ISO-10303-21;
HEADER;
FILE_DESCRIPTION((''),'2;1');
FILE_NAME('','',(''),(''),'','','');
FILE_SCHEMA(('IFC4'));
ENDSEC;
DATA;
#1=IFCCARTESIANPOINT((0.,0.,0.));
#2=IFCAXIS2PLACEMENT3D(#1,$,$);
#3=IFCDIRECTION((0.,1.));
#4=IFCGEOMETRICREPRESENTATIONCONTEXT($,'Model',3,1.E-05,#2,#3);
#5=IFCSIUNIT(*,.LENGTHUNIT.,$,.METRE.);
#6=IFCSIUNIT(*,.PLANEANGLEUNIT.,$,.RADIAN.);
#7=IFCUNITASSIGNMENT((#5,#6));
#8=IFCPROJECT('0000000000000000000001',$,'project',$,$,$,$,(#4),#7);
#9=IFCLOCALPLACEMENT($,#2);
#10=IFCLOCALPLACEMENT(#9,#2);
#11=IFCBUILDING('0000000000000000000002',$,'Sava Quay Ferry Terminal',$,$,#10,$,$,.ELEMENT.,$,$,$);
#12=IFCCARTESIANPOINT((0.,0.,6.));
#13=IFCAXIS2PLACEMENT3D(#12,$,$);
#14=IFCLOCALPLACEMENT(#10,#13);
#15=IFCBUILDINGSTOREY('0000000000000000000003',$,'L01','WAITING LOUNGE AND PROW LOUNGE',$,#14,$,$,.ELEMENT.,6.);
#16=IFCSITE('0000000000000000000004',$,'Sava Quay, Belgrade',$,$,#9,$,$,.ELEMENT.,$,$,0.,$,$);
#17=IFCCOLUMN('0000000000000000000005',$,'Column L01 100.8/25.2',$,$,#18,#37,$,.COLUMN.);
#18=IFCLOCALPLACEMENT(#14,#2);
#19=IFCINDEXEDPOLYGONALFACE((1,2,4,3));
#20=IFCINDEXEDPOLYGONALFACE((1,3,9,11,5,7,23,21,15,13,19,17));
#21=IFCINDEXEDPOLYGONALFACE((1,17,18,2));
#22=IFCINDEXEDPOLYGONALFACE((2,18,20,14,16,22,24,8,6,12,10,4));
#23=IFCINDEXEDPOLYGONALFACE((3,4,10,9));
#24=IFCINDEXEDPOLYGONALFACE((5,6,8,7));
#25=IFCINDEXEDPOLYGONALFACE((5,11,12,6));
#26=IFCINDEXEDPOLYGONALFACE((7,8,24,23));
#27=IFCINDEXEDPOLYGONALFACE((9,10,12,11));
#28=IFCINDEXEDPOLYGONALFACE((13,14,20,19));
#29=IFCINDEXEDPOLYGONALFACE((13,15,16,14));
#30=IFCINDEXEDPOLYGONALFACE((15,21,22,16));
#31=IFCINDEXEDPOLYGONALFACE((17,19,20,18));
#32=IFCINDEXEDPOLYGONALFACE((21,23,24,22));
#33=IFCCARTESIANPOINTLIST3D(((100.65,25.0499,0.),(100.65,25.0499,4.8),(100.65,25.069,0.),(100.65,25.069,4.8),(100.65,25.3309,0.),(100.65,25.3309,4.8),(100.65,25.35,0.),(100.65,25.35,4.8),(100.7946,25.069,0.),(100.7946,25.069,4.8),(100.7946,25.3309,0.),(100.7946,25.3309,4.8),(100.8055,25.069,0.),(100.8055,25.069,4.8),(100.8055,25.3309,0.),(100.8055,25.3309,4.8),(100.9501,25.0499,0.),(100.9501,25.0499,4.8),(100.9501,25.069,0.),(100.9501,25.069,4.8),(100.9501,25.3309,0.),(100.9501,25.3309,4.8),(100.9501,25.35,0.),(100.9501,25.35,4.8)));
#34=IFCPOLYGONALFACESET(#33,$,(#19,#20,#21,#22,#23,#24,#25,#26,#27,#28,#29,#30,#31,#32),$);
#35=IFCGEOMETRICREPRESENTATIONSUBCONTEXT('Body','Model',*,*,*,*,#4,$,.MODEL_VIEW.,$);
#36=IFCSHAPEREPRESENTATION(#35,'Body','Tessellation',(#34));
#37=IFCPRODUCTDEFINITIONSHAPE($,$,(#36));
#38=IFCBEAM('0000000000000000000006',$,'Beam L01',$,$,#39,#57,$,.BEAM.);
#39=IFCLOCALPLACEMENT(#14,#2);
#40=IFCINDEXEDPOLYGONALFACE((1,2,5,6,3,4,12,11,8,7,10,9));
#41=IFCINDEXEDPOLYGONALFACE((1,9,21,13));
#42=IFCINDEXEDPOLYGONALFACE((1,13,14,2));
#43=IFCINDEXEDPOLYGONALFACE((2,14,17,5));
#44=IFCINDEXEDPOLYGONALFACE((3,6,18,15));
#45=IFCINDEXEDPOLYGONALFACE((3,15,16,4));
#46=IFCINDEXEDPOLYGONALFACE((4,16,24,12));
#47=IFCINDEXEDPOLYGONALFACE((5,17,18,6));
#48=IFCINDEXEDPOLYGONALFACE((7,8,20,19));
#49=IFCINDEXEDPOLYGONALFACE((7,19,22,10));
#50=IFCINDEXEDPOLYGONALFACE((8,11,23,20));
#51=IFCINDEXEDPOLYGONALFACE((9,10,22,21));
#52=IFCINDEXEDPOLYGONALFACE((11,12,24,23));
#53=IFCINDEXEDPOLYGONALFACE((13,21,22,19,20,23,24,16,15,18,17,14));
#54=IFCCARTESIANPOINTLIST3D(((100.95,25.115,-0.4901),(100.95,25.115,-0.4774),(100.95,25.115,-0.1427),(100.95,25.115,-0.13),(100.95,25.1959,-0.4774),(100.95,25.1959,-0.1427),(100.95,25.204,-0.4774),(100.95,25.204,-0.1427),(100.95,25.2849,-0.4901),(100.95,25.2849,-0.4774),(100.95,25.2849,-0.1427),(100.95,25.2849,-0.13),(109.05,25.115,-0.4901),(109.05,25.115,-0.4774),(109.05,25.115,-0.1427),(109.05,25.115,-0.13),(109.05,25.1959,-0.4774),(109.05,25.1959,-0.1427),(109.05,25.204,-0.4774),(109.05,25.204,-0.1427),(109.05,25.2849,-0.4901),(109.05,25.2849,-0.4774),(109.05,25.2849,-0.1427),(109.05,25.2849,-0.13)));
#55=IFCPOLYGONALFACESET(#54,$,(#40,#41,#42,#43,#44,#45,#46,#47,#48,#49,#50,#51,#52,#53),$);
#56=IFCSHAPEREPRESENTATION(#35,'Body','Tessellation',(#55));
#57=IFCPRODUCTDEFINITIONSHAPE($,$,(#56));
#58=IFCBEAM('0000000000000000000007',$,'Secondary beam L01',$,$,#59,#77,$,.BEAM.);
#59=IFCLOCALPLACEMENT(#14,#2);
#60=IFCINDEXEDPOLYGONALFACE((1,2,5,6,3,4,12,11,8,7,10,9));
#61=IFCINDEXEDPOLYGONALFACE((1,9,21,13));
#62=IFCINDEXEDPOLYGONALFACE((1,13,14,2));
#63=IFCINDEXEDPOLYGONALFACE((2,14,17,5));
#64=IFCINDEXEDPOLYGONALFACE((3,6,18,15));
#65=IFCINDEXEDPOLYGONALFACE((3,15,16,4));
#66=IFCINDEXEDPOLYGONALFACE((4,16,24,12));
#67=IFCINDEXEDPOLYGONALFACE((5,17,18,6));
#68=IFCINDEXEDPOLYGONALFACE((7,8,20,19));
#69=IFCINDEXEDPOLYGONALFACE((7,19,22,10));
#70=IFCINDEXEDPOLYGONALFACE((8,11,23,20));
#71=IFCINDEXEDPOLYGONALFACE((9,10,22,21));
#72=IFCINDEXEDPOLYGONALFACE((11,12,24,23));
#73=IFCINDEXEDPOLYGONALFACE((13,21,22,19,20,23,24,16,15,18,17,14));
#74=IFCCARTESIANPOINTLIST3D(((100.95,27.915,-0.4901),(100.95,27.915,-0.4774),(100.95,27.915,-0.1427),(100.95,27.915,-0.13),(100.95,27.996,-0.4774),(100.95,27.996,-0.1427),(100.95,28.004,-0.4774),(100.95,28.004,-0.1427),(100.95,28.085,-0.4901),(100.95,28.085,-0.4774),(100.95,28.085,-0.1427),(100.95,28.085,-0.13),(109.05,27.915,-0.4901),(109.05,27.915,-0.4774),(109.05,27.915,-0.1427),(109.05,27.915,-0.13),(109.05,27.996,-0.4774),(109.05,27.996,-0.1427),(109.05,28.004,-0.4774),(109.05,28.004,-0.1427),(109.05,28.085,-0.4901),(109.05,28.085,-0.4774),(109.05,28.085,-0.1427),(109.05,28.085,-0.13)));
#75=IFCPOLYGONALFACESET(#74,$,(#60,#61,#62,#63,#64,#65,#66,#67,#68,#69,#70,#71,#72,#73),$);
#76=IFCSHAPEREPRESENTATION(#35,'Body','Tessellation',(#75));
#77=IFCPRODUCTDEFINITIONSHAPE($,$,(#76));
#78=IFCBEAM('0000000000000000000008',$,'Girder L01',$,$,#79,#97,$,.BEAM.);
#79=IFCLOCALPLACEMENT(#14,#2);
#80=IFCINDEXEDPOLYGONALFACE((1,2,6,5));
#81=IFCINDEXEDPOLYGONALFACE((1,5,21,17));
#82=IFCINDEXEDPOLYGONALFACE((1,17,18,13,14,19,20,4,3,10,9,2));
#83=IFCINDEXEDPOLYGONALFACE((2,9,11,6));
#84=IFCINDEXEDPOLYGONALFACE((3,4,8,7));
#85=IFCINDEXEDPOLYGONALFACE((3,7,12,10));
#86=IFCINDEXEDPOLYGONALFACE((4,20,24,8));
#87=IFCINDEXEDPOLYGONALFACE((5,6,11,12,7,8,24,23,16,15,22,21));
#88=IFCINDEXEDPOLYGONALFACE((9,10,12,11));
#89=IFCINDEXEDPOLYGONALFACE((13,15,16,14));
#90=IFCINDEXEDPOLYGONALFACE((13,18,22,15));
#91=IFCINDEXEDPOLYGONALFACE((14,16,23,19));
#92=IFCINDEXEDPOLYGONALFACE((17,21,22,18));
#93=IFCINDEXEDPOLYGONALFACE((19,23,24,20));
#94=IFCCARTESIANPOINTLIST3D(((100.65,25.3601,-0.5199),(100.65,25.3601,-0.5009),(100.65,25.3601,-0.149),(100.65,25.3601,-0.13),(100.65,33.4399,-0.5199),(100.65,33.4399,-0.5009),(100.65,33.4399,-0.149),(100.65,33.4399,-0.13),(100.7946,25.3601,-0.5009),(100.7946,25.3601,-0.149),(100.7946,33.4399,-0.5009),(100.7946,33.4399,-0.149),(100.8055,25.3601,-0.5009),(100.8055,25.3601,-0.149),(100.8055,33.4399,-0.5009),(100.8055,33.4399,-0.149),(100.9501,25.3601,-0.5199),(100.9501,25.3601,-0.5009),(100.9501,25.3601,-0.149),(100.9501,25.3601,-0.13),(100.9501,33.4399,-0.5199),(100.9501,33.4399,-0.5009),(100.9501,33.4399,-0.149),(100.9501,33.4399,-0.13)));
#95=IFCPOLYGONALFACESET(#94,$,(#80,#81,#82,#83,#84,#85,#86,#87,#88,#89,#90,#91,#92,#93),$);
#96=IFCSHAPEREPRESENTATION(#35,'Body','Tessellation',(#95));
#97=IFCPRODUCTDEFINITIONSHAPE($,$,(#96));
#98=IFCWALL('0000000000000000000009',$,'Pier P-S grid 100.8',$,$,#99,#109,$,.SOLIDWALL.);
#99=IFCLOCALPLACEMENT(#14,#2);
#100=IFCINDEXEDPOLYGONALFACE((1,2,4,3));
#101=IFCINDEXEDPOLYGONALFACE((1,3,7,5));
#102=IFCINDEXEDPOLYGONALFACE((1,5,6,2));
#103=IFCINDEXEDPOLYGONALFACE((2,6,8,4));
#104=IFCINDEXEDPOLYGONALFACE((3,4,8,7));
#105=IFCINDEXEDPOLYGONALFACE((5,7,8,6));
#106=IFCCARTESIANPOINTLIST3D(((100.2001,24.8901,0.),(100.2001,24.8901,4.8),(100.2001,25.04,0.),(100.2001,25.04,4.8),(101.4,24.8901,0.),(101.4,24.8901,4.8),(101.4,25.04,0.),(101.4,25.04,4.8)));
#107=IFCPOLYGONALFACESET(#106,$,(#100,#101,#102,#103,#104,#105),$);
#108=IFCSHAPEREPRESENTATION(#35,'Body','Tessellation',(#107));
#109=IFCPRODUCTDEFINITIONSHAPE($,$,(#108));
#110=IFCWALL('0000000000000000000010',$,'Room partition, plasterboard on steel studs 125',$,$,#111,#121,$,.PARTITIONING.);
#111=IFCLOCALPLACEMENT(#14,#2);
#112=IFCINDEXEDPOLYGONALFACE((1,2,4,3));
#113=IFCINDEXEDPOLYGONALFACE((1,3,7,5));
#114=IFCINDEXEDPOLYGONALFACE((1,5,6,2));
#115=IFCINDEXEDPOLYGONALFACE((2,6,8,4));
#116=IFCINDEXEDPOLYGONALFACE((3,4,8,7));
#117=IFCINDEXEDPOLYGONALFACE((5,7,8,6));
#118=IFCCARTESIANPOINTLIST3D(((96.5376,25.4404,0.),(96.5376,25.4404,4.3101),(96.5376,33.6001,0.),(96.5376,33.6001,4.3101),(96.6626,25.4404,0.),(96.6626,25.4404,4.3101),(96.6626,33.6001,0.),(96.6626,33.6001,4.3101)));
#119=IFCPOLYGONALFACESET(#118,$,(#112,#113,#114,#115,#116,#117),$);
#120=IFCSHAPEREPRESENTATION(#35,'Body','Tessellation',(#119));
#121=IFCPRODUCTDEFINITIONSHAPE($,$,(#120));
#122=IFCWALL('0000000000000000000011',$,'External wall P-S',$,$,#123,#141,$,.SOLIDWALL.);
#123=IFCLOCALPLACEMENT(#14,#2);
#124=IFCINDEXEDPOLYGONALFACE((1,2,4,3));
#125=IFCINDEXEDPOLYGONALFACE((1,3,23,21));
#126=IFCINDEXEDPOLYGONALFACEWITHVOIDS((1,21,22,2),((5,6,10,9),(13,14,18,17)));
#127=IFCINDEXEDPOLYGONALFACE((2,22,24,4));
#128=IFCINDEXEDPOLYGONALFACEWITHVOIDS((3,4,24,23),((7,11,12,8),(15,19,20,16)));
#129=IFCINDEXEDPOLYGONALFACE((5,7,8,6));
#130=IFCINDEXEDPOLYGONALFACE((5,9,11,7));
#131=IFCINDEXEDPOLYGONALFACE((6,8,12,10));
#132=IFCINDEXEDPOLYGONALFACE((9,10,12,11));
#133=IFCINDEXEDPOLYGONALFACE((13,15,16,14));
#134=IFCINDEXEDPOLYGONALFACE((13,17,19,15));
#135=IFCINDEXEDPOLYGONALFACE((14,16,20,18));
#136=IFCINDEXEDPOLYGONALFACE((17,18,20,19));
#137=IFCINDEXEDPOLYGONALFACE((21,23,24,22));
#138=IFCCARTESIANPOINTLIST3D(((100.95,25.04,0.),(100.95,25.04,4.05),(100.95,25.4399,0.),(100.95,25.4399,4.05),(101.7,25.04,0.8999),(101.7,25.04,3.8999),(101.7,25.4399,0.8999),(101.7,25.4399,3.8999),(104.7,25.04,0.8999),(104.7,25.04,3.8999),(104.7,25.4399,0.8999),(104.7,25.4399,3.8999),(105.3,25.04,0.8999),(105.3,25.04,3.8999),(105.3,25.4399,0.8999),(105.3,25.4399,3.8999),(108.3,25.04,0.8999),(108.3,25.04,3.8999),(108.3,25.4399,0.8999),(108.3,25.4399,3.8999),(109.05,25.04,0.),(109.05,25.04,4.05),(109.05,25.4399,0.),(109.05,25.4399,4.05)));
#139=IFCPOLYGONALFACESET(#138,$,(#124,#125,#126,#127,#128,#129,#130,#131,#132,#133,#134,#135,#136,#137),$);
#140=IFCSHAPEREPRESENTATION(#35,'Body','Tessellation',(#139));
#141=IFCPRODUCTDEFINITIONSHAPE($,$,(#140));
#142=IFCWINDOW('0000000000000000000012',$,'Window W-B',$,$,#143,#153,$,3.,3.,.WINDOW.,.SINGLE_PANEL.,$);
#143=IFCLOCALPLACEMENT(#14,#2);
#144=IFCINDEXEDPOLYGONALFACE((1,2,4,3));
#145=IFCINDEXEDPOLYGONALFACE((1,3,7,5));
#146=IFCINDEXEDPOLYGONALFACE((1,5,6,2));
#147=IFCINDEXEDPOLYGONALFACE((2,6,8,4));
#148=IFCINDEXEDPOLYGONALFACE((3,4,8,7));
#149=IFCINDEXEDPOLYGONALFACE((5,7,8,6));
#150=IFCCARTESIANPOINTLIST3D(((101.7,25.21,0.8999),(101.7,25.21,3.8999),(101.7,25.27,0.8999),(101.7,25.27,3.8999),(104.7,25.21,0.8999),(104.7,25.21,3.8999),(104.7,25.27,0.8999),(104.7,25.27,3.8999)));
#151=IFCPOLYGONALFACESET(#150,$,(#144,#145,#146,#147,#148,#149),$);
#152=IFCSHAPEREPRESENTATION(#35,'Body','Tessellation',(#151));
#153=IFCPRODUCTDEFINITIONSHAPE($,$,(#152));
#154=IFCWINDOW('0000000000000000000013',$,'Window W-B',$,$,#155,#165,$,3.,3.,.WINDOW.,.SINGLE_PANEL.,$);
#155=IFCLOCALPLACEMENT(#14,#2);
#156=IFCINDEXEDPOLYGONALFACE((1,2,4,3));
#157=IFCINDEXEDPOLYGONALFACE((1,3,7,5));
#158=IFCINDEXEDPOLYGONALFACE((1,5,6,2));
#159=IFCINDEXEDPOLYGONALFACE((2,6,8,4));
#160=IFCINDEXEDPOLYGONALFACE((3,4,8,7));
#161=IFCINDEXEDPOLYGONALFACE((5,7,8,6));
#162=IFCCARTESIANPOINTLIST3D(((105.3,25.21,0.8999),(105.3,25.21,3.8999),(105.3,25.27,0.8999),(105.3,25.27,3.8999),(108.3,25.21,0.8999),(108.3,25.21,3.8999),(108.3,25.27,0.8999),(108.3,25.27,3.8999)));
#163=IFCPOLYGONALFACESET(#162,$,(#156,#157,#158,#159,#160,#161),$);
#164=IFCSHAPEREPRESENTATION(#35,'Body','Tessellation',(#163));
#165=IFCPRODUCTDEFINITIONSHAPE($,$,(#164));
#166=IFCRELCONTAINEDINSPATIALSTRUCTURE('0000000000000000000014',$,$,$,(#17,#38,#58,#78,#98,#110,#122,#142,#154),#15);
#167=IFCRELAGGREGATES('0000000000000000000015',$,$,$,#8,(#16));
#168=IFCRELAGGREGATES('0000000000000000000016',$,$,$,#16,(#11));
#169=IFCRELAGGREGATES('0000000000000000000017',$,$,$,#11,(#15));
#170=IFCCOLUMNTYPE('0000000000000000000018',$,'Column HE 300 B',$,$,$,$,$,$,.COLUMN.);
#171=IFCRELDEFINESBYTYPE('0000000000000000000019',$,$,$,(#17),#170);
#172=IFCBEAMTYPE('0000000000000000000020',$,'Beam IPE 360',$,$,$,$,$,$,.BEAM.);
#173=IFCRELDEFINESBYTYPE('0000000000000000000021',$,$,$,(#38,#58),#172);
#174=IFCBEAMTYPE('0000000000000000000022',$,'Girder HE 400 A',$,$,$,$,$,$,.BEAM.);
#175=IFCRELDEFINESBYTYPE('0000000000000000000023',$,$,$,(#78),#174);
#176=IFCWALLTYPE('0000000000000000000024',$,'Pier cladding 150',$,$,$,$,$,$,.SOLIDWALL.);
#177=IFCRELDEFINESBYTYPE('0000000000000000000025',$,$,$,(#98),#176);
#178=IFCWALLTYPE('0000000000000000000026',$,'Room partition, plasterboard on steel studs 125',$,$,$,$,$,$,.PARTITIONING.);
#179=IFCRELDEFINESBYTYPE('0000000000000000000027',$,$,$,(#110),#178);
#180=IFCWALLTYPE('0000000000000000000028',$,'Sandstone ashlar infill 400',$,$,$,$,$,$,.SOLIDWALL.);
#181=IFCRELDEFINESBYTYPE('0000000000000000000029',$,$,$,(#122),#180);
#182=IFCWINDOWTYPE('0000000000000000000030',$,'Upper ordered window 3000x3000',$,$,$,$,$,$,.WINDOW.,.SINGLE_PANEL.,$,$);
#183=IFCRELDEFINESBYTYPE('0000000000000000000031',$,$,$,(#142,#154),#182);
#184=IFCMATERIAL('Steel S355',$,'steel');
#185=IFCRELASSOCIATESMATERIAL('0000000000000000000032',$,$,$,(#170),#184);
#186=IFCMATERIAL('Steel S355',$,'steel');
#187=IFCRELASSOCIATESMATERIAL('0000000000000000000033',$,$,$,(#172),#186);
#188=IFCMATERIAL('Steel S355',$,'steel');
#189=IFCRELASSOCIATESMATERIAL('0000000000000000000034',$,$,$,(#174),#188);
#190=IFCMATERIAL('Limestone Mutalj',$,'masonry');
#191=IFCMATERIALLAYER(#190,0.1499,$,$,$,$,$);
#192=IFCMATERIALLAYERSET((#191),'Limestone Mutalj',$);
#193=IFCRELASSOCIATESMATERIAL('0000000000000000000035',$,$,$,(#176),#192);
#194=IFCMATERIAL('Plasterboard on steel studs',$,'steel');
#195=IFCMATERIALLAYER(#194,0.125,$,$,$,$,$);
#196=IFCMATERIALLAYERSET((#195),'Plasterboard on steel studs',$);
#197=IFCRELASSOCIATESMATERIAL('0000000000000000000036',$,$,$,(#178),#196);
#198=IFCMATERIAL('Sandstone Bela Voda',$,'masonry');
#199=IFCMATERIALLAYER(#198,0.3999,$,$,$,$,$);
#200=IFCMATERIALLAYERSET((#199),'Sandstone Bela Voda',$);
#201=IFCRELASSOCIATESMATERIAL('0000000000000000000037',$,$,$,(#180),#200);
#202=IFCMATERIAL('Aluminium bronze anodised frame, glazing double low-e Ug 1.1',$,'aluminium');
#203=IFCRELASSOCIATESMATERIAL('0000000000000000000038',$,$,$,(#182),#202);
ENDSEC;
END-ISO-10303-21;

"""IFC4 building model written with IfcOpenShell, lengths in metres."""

from ifc_helpers import new_model, si_unit, direction, frame, frame_2d, origin, origin_2d, place, context, subcontext, project, spatial, rectangle, i_section, extrude, material, layer, layer_set, material_profile, profile_set, type_object, element, fill, save


model = new_model("IFC4")

# Units and contexts
model_context = context("Model", 3, precision=1e-05, world=origin(), true_north=direction((0.0, 1.0)))
body_context = subcontext(model_context, "Body", "Model", "MODEL_VIEW")
ifc_project = project(units=[si_unit("LENGTHUNIT", "METRE"), si_unit("PLANEANGLEUNIT", "RADIAN")], contexts=[model_context])

# Site, building, storey
site_placement = place(None, origin())
site = spatial("IfcSite", under=ifc_project, at=site_placement, Name="Sava Quay, Belgrade", CompositionType="ELEMENT", RefElevation=0.0)
building_placement = place(site_placement, origin())
building = spatial("IfcBuilding", under=site, at=building_placement, Name="Sava Quay Ferry Terminal", CompositionType="ELEMENT")
storey_placement = place(building_placement, frame((0.0, 0.0, 6.0)))
storey = spatial("IfcBuildingStorey", under=building, at=storey_placement, Name="L01", Description="WAITING LOUNGE AND PROW LOUNGE", CompositionType="ELEMENT", Elevation=6.0)

# Column
ifc_material_1 = material(Name="Steel S355", Category="steel")
ifc_material_profile_1 = material_profile(ifc_material_1, i_section(OverallWidth=0.3, OverallDepth=0.3, WebThickness=0.011, FlangeThickness=0.019, at=origin_2d()), Name="HE 300 B")
ifc_profile_set_1 = profile_set([ifc_material_profile_1], Name="Steel S355")
column_type = type_object("IfcColumnType", Name="Column HE 300 B", PredefinedType="COLUMN", material=ifc_profile_set_1)
column_placement = place(storey_placement, frame((100.8, 25.2, 0.0), z_axis=(0.0, 0.0, 1.0), x_axis=(1.0, 0.0, 0.0)))
element("IfcColumn", 1, at=column_placement, inside=storey, type_object=column_type, Name="Column L01 100.8/25.2", PredefinedType="COLUMN", context=body_context, shape_type="SweptSolid", body=[
    extrude(i_section(OverallWidth=0.3, OverallDepth=0.3, WebThickness=0.011, FlangeThickness=0.019, at=origin_2d()), origin(), (0.0, 0.0, 1.0), 4.8),
])

# Beams
ifc_material_2 = material(Name="Steel S355", Category="steel")
ifc_material_profile_2 = material_profile(ifc_material_2, i_section(OverallWidth=0.1699, OverallDepth=0.3601, WebThickness=0.0081, FlangeThickness=0.0127, at=origin_2d()), Name="IPE 360")
ifc_profile_set_2 = profile_set([ifc_material_profile_2], Name="Steel S355")
beam_type_1 = type_object("IfcBeamType", Name="Beam IPE 360", PredefinedType="BEAM", material=ifc_profile_set_2)
for number, where, z_axis, x_axis, name in (
    (2, (100.95, 25.2, -0.3101), (1.0, 0.0, 0.0), (0.0, 1.0, 0.0), "Beam L01"),
    (3, (100.95, 28.0, -0.3101), (1.0, 0.0, 0.0), (0.0, 1.0, 0.0), "Secondary beam L01"),
):
    element("IfcBeam", number, at=place(storey_placement, frame(where, z_axis=z_axis, x_axis=x_axis)), inside=storey, type_object=beam_type_1, Name=name, PredefinedType="BEAM", context=body_context, shape_type="SweptSolid", body=[
        extrude(i_section(OverallWidth=0.1699, OverallDepth=0.3601, WebThickness=0.0081, FlangeThickness=0.0127, at=origin_2d()), origin(), (0.0, 0.0, 1.0), 8.1001),
    ])
ifc_material_3 = material(Name="Steel S355", Category="steel")
ifc_material_profile_3 = material_profile(ifc_material_3, i_section(OverallWidth=0.3, OverallDepth=0.3899, WebThickness=0.011, FlangeThickness=0.019, at=origin_2d()), Name="HE 400 A")
ifc_profile_set_3 = profile_set([ifc_material_profile_3], Name="Steel S355")
beam_type_2 = type_object("IfcBeamType", Name="Girder HE 400 A", PredefinedType="BEAM", material=ifc_profile_set_3)
beam_placement = place(storey_placement, frame((100.8, 25.3601, -0.325), z_axis=(0.0, 1.0, 0.0), x_axis=(-1.0, 0.0, 0.0)))
element("IfcBeam", 4, at=beam_placement, inside=storey, type_object=beam_type_2, Name="Girder L01", PredefinedType="BEAM", context=body_context, shape_type="SweptSolid", body=[
    extrude(i_section(OverallWidth=0.3, OverallDepth=0.3899, WebThickness=0.011, FlangeThickness=0.019, at=origin_2d()), origin(), (0.0, 0.0, 1.0), 8.0798),
])

# Walls
ifc_material_4 = material(Name="Limestone Mutalj", Category="masonry")
ifc_layer_1 = layer(ifc_material_4, 0.1499)
ifc_layer_set_1 = layer_set([ifc_layer_1], Name="Limestone Mutalj")
wall_type_1 = type_object("IfcWallType", Name="Pier cladding 150", PredefinedType="SOLIDWALL", material=ifc_layer_set_1)
wall_1_placement = place(storey_placement, frame((100.2, 24.9651, 0.0), z_axis=(0.0, 0.0, 1.0), x_axis=(1.0, 0.0, 0.0)))
element("IfcWall", 5, at=wall_1_placement, inside=storey, type_object=wall_type_1, Name="Pier P-S grid 100.8", PredefinedType="SOLIDWALL", context=body_context, shape_type="SweptSolid", body=[
    extrude(rectangle(XDim=1.2, YDim=0.1499, at=frame_2d((0.6001, 0.0))), origin(), (0.0, 0.0, 1.0), 4.8),
])
ifc_material_5 = material(Name="Plasterboard on steel studs", Category="steel")
ifc_layer_2 = layer(ifc_material_5, 0.125)
ifc_layer_set_2 = layer_set([ifc_layer_2], Name="Plasterboard on steel studs")
wall_type_2 = type_object("IfcWallType", Name="Room partition, plasterboard on steel studs 125", PredefinedType="PARTITIONING", material=ifc_layer_set_2)
wall_2_placement = place(storey_placement, frame((96.6001, 25.4404, 0.0), z_axis=(0.0, 0.0, 1.0), x_axis=(0.0, 1.0, 0.0)))
element("IfcWall", 6, at=wall_2_placement, inside=storey, type_object=wall_type_2, Name="Room partition, plasterboard on steel studs 125", PredefinedType="PARTITIONING", context=body_context, shape_type="SweptSolid", body=[
    extrude(rectangle(XDim=8.1597, YDim=0.125, at=frame_2d((4.0798, 0.0))), origin(), (0.0, 0.0, 1.0), 4.3101),
])

# Wall, openings, windows
ifc_material_6 = material(Name="Sandstone Bela Voda", Category="masonry")
ifc_layer_3 = layer(ifc_material_6, 0.3999)
ifc_layer_set_3 = layer_set([ifc_layer_3], Name="Sandstone Bela Voda")
wall_type_3 = type_object("IfcWallType", Name="Sandstone ashlar infill 400", PredefinedType="SOLIDWALL", material=ifc_layer_set_3)
wall_3_placement = place(storey_placement, frame((100.95, 25.24, 0.0), z_axis=(0.0, 0.0, 1.0), x_axis=(1.0, 0.0, 0.0)))
wall_3 = element("IfcWall", 7, at=wall_3_placement, inside=storey, type_object=wall_type_3, Name="External wall P-S", PredefinedType="SOLIDWALL", context=body_context, shape_type="SweptSolid", body=[
    extrude(rectangle(XDim=8.1001, YDim=0.3999, at=frame_2d((4.05, 0.0))), origin(), (0.0, 0.0, 1.0), 4.05),
])
opening_1_placement = place(wall_3_placement, frame((0.75, 0.0, 0.8999)))
opening_1 = element("IfcOpeningElement", 8, at=opening_1_placement, cuts=wall_3, PredefinedType="OPENING", context=body_context, shape_type="SweptSolid", body=[
    extrude(rectangle(XDim=3.0, YDim=3.0, at=frame_2d((1.5, 1.5))), frame((0.0, 0.2, 0.0), z_axis=(0.0, -1.0, 0.0), x_axis=(1.0, 0.0, 0.0)), (0.0, 0.0, 1.0), 0.3999),
])
opening_2_placement = place(wall_3_placement, frame((4.3501, 0.0, 0.8999)))
opening_2 = element("IfcOpeningElement", 9, at=opening_2_placement, cuts=wall_3, PredefinedType="OPENING", context=body_context, shape_type="SweptSolid", body=[
    extrude(rectangle(XDim=3.0, YDim=3.0, at=frame_2d((1.5, 1.5))), frame((0.0, 0.2, 0.0), z_axis=(0.0, -1.0, 0.0), x_axis=(1.0, 0.0, 0.0)), (0.0, 0.0, 1.0), 0.3999),
])
ifc_material_7 = material(Name="Aluminium bronze anodised frame, glazing double low-e Ug 1.1", Category="aluminium")
window_type = type_object("IfcWindowType", Name="Upper ordered window 3000x3000", PartitioningType="SINGLE_PANEL", PredefinedType="WINDOW", material=ifc_material_7)
window_1_placement = place(opening_1_placement, origin())
window_1 = element("IfcWindow", 10, at=window_1_placement, inside=storey, type_object=window_type, Name="Window W-B", OverallHeight=3.0, OverallWidth=3.0, PartitioningType="SINGLE_PANEL", PredefinedType="WINDOW", context=body_context, shape_type="SweptSolid", body=[
    extrude(rectangle(XDim=3.0, YDim=3.0, at=frame_2d((1.5, 1.5))), frame((0.0, 0.03, 0.0), z_axis=(0.0, -1.0, 0.0), x_axis=(1.0, 0.0, 0.0)), (0.0, 0.0, 1.0), 0.0601),
])
fill(opening_1, window_1)
window_2_placement = place(opening_2_placement, origin())
window_2 = element("IfcWindow", 11, at=window_2_placement, inside=storey, type_object=window_type, Name="Window W-B", OverallHeight=3.0, OverallWidth=3.0, PartitioningType="SINGLE_PANEL", PredefinedType="WINDOW", context=body_context, shape_type="SweptSolid", body=[
    extrude(rectangle(XDim=3.0, YDim=3.0, at=frame_2d((1.5, 1.5))), frame((0.0, 0.03, 0.0), z_axis=(0.0, -1.0, 0.0), x_axis=(1.0, 0.0, 0.0)), (0.0, 0.0, 1.0), 0.0601),
])
fill(opening_2, window_2)

save(model, "model.ifc")
